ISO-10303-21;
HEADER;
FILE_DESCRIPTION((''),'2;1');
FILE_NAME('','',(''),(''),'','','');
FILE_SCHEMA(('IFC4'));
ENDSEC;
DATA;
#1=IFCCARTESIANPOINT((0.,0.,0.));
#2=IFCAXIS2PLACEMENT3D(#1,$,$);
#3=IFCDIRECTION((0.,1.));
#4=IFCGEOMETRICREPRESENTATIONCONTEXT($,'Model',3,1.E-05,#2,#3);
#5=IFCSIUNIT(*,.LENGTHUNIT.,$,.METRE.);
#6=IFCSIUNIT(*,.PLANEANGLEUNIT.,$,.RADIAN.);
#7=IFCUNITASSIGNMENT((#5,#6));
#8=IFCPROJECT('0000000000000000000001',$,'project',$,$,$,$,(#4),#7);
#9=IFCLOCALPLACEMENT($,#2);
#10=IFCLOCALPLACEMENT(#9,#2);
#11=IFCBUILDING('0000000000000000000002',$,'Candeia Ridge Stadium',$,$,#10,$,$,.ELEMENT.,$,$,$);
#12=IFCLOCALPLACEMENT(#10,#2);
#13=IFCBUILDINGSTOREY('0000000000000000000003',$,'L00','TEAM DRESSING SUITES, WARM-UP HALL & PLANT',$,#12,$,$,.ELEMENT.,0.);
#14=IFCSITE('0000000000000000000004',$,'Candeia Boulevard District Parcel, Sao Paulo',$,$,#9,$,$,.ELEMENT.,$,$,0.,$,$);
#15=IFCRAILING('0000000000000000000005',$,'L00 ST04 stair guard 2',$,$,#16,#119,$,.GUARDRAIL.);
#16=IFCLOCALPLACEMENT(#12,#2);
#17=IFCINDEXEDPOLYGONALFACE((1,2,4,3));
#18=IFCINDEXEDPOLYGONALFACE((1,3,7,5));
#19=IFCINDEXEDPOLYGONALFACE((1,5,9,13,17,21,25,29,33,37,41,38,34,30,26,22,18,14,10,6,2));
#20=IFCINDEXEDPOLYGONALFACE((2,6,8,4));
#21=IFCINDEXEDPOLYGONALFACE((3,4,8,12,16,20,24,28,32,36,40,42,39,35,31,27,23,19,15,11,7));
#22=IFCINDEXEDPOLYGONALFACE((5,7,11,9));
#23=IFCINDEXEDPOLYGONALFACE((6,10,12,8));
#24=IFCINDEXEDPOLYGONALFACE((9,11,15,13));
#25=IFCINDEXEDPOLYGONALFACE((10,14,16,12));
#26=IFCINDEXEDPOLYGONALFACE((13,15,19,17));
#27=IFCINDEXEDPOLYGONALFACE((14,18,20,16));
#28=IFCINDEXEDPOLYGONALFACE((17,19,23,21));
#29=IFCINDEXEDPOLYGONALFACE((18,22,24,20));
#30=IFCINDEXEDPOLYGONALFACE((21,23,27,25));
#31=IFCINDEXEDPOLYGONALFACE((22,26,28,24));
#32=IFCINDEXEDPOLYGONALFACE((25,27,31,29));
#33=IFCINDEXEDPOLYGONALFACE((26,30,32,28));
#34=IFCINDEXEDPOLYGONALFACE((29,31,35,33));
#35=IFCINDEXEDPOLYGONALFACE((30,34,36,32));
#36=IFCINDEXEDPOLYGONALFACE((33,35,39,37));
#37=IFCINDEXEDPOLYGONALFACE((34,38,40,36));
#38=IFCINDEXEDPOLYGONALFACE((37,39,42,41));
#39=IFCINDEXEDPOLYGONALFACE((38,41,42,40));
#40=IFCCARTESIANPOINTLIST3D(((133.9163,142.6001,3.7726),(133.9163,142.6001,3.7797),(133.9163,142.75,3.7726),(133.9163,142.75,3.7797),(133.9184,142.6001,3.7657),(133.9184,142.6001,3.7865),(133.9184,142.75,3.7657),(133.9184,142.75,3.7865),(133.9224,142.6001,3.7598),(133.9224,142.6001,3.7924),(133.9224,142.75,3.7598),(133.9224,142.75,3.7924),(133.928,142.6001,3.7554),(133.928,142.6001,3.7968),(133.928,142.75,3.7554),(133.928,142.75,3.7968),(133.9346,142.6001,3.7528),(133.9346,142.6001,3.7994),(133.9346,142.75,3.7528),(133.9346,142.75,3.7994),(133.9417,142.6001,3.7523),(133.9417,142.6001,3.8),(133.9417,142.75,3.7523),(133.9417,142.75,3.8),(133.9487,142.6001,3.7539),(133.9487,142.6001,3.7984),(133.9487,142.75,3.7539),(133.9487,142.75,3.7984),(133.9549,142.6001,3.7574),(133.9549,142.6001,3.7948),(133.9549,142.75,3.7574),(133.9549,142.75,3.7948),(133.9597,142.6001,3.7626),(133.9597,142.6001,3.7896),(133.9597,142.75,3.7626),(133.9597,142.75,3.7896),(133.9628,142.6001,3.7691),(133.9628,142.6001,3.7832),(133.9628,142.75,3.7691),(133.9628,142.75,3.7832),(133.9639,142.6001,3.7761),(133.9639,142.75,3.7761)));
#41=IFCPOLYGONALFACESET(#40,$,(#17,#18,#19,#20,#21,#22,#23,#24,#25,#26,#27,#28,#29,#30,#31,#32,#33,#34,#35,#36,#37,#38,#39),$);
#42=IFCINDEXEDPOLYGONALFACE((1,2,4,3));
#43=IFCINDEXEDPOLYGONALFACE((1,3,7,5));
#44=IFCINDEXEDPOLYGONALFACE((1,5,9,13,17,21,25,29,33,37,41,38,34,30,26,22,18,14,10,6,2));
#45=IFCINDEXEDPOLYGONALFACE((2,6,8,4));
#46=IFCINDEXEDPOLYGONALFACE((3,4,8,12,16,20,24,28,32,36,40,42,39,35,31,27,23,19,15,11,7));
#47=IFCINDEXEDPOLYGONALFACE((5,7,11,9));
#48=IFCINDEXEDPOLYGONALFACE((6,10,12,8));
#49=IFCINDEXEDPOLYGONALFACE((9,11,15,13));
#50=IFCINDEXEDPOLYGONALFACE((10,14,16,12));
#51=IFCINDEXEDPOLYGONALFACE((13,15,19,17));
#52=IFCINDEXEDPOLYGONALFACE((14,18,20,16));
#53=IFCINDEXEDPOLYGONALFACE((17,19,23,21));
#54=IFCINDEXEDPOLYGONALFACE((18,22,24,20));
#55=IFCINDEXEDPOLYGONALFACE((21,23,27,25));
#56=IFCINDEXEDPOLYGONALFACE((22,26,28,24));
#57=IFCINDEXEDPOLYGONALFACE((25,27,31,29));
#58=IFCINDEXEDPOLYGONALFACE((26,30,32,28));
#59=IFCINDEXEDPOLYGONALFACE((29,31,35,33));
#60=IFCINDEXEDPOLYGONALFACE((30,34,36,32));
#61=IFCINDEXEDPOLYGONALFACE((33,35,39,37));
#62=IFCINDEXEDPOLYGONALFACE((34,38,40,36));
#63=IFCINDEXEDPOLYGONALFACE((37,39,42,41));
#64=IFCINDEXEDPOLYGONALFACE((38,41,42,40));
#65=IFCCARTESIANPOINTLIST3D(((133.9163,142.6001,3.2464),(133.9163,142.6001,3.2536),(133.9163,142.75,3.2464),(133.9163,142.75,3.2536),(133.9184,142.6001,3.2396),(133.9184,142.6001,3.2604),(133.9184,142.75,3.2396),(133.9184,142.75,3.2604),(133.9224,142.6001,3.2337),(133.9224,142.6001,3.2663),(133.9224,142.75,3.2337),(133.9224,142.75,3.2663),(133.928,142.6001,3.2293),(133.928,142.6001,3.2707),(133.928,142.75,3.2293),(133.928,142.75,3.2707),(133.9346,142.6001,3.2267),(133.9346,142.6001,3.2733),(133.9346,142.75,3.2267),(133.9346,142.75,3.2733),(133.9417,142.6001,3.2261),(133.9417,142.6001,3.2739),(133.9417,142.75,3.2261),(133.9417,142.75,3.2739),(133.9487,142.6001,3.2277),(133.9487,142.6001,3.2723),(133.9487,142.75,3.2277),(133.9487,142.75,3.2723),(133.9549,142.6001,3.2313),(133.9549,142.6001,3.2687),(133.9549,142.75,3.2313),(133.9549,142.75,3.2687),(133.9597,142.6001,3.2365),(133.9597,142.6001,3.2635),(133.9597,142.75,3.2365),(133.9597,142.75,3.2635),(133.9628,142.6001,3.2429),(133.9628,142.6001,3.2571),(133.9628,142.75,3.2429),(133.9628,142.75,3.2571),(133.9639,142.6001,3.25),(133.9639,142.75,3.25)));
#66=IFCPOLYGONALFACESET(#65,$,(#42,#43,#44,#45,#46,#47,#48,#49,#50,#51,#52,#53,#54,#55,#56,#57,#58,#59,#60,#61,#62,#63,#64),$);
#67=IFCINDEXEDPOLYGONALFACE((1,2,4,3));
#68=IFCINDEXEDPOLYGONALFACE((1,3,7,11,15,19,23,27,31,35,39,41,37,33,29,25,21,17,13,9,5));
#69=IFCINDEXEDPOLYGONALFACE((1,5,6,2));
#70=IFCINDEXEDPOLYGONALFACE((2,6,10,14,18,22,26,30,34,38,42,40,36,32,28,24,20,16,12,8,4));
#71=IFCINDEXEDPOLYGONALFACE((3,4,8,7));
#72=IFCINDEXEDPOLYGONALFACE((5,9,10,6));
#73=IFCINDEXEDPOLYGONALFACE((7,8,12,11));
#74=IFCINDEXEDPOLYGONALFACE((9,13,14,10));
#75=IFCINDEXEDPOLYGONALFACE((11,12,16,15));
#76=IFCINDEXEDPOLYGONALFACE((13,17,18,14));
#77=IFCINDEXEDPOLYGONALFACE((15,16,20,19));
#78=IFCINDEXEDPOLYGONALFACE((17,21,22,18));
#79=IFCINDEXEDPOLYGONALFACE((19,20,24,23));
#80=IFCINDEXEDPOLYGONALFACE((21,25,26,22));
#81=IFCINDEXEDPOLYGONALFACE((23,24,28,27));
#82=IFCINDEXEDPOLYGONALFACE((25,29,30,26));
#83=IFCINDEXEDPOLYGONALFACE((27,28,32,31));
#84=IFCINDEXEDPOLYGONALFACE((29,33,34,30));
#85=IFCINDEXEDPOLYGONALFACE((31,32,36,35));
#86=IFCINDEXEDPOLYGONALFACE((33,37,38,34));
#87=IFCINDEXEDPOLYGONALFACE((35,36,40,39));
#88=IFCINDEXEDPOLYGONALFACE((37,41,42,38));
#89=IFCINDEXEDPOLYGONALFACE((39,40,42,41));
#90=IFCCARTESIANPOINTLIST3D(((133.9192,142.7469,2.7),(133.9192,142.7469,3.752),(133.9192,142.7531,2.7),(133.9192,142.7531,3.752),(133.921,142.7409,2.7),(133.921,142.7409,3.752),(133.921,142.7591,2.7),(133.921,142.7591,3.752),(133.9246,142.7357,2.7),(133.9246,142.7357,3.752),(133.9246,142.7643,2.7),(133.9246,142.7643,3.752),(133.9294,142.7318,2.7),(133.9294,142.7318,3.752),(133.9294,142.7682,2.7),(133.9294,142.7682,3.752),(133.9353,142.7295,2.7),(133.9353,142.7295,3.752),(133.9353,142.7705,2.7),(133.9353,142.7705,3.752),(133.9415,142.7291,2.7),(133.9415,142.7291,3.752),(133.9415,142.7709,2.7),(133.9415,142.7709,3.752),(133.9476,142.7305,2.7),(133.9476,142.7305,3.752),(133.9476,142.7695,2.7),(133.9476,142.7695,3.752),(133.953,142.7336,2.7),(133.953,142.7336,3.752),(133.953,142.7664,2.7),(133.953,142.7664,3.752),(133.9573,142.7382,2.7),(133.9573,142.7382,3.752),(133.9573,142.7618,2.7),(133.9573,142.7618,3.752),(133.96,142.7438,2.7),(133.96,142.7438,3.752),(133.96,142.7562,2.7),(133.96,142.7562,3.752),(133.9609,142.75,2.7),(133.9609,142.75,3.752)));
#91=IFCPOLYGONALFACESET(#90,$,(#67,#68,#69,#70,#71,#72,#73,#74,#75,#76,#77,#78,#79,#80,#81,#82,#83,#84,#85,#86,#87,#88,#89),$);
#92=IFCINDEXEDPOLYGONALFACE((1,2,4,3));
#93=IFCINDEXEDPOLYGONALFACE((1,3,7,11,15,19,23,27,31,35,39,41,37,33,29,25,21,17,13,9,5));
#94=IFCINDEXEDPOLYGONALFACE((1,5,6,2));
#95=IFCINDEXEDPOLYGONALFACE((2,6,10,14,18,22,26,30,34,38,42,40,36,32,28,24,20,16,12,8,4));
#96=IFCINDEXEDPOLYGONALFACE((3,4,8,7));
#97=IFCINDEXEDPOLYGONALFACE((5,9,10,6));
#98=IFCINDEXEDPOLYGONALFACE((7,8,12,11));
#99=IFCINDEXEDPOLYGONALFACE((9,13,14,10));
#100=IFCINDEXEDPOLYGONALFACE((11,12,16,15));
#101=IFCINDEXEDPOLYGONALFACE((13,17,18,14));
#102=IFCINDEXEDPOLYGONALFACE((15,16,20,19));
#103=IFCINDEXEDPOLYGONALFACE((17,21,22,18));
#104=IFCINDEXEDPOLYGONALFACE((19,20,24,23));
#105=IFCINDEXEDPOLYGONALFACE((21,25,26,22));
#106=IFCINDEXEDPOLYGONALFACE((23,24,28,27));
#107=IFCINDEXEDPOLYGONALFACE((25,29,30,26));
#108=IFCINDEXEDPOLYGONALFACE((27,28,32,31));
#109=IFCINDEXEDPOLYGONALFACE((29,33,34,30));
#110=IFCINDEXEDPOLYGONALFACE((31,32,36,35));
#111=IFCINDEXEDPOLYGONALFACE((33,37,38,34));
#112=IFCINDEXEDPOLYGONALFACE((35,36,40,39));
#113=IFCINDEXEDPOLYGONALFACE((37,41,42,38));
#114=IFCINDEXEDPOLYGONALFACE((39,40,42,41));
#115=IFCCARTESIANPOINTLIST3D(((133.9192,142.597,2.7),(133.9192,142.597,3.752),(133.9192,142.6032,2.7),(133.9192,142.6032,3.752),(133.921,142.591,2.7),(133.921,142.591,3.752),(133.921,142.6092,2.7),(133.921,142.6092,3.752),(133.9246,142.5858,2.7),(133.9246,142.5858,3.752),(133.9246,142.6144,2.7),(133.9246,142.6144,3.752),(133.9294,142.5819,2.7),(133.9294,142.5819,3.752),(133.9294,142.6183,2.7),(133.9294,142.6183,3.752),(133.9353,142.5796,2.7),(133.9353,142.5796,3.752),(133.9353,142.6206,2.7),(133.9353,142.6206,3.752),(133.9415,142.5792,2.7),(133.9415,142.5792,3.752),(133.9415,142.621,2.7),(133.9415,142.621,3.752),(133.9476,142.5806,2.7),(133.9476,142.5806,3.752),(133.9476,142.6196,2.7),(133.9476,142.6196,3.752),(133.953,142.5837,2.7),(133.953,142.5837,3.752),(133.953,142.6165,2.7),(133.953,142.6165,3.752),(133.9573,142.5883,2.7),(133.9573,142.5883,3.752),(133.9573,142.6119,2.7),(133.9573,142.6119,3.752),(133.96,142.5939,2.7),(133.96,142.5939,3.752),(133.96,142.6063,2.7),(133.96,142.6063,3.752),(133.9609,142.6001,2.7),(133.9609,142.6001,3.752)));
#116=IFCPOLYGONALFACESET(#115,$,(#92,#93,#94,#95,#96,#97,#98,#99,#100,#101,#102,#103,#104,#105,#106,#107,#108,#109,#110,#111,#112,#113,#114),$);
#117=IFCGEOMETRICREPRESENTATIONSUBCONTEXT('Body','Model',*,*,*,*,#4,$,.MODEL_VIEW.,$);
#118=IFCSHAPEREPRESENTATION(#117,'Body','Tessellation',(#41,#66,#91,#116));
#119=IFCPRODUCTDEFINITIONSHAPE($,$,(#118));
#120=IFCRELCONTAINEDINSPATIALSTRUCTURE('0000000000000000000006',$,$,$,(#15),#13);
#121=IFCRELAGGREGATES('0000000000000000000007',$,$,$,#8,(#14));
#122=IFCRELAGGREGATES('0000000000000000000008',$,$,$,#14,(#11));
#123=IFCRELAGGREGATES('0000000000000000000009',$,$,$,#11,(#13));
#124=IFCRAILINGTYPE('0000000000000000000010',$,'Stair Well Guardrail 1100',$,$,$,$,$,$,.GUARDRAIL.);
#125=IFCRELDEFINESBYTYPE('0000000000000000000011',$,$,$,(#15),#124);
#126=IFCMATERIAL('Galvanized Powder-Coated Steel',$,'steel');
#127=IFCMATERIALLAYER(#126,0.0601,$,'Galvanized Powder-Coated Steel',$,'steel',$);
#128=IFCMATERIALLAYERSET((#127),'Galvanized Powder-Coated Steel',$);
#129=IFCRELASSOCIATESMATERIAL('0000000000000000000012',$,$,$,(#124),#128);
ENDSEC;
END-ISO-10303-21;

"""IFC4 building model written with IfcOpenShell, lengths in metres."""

from ifc_helpers import new_model, si_unit, direction, frame, origin, origin_2d, place, context, subcontext, project, spatial, circle, extrude, material, layer, layer_set, type_object, element, save


model = new_model("IFC4")

# Units and contexts
model_context = context("Model", 3, precision=1e-05, world=origin(), true_north=direction((0.0, 1.0)))
body_context = subcontext(model_context, "Body", "Model", "MODEL_VIEW")
ifc_project = project(units=[si_unit("LENGTHUNIT", "METRE"), si_unit("PLANEANGLEUNIT", "RADIAN")], contexts=[model_context])

# Site, building, storey
site_placement = place(None, origin())
site = spatial("IfcSite", under=ifc_project, at=site_placement, Name="Candeia Boulevard District Parcel, Sao Paulo", CompositionType="ELEMENT", RefElevation=0.0)
building_placement = place(site_placement, origin())
building = spatial("IfcBuilding", under=site, at=building_placement, Name="Candeia Ridge Stadium", CompositionType="ELEMENT")
storey_placement = place(building_placement, origin())
storey = spatial("IfcBuildingStorey", under=building, at=storey_placement, Name="L00", Description="TEAM DRESSING SUITES, WARM-UP HALL & PLANT", CompositionType="ELEMENT", Elevation=0.0)

# Railing
ifc_material_1 = material(Name="Galvanized Powder-Coated Steel", Category="steel")
ifc_layer_1 = layer(ifc_material_1, 0.0601, Name="Galvanized Powder-Coated Steel", Category="steel")
ifc_layer_set_1 = layer_set([ifc_layer_1], Name="Galvanized Powder-Coated Steel")
railing_type_1 = type_object("IfcRailingType", Name="Stair Well Guardrail 1100", PredefinedType="GUARDRAIL", material=ifc_layer_set_1)
railing_1_placement = place(storey_placement, frame((133.9399, 142.75, 2.7)))
element("IfcRailing", 1, at=railing_1_placement, inside=storey, type_object=railing_type_1, Name="L00 ST04 stair guard 2", PredefinedType="GUARDRAIL", context=body_context, shape_type="SweptSolid", body=[
    extrude(circle(Radius=0.0239, at=origin_2d()), frame((0.0, 0.0, 1.0762), z_axis=(0.0, -1.0, 0.0), x_axis=(1.0, 0.0, 0.0)), (0.0, 0.0, 1.0), 0.1499),
    extrude(circle(Radius=0.0239, at=origin_2d()), frame((0.0, 0.0, 0.55), z_axis=(0.0, -1.0, 0.0), x_axis=(1.0, 0.0, 0.0)), (0.0, 0.0, 1.0), 0.1499),
    extrude(circle(Radius=0.021, at=origin_2d()), origin(), (0.0, 0.0, 1.0), 1.052),
    extrude(circle(Radius=0.021, at=origin_2d()), frame((0.0, -0.1499, 0.0)), (0.0, 0.0, 1.0), 1.052),
])

save(model, "model.ifc")
